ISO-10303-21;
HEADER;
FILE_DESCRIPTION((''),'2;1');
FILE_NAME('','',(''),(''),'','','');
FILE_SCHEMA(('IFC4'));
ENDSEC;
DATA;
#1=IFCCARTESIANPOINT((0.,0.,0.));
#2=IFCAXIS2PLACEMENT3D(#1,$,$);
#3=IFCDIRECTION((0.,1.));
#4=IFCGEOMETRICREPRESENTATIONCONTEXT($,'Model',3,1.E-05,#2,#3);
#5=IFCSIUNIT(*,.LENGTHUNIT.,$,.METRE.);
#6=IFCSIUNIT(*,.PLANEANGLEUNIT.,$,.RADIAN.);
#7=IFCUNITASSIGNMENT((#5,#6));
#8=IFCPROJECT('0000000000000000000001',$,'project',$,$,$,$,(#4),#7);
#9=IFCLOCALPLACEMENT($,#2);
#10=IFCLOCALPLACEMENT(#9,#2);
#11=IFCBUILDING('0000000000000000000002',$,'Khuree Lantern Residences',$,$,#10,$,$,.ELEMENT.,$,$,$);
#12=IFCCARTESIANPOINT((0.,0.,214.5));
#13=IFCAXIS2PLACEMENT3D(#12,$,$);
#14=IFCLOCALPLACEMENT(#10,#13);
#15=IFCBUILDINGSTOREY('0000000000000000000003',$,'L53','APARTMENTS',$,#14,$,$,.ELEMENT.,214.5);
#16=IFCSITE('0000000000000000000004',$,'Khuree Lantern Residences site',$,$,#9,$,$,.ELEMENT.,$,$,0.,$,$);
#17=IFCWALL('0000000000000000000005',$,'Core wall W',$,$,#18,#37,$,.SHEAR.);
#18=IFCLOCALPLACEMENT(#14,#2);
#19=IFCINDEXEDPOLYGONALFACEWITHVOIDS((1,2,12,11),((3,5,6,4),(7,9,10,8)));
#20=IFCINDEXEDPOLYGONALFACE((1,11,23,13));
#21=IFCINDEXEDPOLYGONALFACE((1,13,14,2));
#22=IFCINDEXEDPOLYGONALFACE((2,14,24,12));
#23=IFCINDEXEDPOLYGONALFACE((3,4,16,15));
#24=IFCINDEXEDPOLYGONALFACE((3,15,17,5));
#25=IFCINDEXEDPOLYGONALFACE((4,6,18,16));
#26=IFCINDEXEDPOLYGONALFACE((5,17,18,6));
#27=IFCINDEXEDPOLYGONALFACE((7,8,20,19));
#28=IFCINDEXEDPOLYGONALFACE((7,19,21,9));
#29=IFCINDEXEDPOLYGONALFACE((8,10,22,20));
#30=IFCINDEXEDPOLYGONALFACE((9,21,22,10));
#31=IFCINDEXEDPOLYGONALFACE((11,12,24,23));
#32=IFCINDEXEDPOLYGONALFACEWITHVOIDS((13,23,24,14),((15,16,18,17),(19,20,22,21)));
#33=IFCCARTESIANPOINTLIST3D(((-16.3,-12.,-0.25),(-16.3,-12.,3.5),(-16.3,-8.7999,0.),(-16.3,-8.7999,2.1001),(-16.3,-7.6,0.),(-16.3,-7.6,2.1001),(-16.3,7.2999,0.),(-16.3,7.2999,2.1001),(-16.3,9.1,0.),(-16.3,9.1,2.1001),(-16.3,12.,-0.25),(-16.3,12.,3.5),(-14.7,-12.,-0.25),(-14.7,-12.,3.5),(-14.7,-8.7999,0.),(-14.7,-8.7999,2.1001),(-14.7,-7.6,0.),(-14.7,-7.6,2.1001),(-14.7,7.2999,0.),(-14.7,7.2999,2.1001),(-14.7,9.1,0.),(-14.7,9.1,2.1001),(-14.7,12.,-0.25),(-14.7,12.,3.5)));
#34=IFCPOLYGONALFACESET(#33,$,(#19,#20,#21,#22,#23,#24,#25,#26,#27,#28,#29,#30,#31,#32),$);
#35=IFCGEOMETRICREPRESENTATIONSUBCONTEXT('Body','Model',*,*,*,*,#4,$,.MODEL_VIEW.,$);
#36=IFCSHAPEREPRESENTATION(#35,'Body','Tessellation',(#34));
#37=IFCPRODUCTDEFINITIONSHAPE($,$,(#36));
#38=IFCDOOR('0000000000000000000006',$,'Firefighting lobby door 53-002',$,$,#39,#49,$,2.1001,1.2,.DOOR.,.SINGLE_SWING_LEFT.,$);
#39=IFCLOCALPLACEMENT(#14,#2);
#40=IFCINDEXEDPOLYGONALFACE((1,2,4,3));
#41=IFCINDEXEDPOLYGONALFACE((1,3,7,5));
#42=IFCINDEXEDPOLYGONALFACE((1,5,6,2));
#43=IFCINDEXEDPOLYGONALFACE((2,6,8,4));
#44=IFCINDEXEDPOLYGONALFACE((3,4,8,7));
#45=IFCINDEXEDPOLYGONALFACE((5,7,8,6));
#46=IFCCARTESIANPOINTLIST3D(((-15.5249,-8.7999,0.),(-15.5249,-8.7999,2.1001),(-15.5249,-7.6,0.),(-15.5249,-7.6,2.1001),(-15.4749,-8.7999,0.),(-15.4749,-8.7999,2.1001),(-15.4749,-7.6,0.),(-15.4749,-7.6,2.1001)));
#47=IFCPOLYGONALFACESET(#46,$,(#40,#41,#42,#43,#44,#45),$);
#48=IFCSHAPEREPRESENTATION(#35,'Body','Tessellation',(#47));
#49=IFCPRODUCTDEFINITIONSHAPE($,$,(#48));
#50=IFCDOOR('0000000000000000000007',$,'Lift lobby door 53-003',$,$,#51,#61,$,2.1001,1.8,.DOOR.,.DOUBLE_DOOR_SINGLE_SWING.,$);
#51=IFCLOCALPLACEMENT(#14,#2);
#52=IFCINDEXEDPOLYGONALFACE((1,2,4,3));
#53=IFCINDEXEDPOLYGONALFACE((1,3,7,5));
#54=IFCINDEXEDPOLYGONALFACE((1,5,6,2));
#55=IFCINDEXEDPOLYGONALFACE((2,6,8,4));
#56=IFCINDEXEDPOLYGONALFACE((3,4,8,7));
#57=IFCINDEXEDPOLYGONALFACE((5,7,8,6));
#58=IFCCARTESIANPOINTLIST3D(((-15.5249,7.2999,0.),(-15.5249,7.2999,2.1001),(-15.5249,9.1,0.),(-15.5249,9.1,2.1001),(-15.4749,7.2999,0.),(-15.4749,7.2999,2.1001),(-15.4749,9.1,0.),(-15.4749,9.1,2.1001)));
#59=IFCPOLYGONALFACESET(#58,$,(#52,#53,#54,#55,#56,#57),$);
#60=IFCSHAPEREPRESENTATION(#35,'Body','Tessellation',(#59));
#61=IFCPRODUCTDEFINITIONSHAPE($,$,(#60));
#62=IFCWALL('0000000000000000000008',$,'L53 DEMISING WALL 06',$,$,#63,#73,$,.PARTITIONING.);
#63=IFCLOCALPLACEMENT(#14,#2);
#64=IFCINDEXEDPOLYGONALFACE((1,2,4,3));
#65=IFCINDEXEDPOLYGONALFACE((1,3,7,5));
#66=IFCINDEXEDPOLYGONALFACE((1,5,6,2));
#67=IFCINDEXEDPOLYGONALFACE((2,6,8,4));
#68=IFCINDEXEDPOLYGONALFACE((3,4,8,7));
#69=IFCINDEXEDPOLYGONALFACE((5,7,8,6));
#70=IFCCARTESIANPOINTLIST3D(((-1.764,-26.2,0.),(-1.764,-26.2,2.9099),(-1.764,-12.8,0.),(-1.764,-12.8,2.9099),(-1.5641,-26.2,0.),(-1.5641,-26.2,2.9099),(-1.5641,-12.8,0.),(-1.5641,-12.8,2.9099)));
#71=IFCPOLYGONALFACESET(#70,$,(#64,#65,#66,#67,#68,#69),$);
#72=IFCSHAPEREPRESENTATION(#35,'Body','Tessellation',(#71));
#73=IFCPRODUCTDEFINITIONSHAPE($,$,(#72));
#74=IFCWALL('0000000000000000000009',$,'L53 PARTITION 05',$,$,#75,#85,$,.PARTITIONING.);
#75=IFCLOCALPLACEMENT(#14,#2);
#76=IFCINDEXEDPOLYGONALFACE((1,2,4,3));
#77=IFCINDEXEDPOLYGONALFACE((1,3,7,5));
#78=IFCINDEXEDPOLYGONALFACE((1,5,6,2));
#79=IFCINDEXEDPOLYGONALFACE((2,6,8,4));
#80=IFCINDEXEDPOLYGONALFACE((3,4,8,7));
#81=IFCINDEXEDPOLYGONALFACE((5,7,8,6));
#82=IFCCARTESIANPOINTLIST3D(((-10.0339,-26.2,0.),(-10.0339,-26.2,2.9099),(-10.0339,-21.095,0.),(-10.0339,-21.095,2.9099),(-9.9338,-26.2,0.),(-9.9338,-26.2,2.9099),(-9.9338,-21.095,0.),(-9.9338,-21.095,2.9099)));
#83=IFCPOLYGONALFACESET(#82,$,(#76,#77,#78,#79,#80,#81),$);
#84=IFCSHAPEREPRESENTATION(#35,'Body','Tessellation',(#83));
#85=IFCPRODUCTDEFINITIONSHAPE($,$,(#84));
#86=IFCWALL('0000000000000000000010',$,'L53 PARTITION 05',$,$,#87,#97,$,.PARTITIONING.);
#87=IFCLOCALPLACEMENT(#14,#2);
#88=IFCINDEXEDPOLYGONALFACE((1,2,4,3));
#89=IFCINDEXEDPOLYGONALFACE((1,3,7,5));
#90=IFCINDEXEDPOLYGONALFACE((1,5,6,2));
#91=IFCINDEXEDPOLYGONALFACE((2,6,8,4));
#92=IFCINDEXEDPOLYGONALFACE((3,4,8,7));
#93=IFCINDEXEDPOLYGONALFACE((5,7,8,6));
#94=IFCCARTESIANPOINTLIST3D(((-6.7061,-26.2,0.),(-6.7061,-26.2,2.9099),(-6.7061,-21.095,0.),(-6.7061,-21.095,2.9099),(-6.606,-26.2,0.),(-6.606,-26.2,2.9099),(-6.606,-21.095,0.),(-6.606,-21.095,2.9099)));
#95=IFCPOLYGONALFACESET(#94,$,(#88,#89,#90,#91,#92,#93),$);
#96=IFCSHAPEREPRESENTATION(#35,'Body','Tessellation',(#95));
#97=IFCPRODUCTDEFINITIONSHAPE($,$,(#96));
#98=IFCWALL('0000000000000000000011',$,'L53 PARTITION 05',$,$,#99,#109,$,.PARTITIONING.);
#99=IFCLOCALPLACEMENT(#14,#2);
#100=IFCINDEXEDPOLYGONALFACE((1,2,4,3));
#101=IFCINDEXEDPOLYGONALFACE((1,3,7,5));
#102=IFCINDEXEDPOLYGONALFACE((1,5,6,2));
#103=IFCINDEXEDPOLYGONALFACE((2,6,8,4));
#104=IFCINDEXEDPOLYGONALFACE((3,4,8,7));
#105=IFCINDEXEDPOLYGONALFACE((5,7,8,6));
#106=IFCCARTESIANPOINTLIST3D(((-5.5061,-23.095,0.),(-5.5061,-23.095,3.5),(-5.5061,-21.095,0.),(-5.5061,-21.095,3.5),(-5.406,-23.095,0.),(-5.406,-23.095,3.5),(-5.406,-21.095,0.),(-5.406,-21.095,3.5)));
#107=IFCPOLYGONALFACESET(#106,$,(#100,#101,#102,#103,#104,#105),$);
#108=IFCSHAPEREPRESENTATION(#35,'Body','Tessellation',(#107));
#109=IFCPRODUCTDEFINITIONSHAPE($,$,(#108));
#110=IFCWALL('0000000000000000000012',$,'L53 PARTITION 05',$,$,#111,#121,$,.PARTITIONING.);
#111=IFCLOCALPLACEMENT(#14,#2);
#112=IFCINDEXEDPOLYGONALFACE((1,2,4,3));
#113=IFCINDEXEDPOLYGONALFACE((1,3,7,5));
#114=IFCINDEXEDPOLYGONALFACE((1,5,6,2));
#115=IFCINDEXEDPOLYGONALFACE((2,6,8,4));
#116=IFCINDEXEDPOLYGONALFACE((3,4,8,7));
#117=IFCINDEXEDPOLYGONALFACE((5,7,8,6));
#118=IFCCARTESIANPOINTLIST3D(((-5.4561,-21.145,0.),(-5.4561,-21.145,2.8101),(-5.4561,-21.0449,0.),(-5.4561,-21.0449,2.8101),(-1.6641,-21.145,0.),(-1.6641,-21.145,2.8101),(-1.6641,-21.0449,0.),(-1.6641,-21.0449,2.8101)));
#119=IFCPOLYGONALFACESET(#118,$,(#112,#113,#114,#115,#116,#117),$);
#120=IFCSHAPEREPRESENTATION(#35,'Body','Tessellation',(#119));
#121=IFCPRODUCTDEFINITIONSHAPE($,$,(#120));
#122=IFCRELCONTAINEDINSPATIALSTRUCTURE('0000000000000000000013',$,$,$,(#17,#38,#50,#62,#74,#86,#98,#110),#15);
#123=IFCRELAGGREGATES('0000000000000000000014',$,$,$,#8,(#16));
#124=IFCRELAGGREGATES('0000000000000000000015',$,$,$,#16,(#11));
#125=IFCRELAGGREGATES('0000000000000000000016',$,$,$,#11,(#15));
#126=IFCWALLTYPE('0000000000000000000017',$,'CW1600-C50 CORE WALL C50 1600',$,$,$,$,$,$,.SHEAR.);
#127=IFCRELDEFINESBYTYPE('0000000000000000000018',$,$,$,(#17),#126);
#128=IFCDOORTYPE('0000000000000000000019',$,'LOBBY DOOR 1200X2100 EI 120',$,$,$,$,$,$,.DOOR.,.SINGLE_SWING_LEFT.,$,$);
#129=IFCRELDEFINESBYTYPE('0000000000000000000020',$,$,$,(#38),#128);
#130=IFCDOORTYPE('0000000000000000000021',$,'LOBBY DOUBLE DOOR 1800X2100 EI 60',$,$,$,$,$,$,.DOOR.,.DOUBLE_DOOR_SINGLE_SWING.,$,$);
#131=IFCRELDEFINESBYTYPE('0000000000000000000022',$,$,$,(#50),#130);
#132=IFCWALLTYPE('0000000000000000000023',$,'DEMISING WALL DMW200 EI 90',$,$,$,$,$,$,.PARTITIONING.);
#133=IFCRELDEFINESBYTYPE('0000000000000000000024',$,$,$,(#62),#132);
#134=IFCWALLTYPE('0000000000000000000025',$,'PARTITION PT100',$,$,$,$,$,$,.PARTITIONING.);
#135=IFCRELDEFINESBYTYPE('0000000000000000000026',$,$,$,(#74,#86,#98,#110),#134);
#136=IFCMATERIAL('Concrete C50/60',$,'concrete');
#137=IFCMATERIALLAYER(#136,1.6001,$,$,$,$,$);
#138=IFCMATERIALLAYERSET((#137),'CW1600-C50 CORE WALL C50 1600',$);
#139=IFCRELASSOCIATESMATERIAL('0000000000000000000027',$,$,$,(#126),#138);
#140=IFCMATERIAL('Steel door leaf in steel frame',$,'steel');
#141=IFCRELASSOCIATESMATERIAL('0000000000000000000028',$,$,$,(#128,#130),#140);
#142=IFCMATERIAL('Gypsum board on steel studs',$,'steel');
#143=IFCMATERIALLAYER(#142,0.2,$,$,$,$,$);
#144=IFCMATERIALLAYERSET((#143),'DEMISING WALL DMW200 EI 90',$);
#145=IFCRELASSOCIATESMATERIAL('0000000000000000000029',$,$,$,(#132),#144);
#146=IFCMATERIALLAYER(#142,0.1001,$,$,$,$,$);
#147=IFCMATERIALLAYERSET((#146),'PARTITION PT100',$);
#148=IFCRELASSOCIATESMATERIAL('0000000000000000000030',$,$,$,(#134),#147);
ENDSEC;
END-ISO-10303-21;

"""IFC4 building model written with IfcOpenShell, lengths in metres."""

from ifc_helpers import new_model, si_unit, direction, frame, frame_2d, origin, place, context, subcontext, project, spatial, rectangle, extrude, material, layer, layer_set, type_object, element, fill, save


model = new_model("IFC4")

# Units and contexts
model_context = context("Model", 3, precision=1e-05, world=origin(), true_north=direction((0.0, 1.0)))
body_context = subcontext(model_context, "Body", "Model", "MODEL_VIEW")
ifc_project = project(units=[si_unit("LENGTHUNIT", "METRE"), si_unit("PLANEANGLEUNIT", "RADIAN")], contexts=[model_context])

# Site, building, storey
site_placement = place(None, origin())
site = spatial("IfcSite", under=ifc_project, at=site_placement, Name="Khuree Lantern Residences site", CompositionType="ELEMENT", RefElevation=0.0)
building_placement = place(site_placement, origin())
building = spatial("IfcBuilding", under=site, at=building_placement, Name="Khuree Lantern Residences", CompositionType="ELEMENT")
storey_placement = place(building_placement, frame((0.0, 0.0, 214.5)))
storey = spatial("IfcBuildingStorey", under=building, at=storey_placement, Name="L53", Description="APARTMENTS", CompositionType="ELEMENT", Elevation=214.5)

# Shared definitions
ifc_material_1 = material(Name="Concrete C50/60", Category="concrete")

# Shared definitions
ifc_material_2 = material(Name="Gypsum board on steel studs", Category="steel")
ifc_layer_1 = layer(ifc_material_1, 1.6001)
ifc_layer_set_1 = layer_set([ifc_layer_1], Name="CW1600-C50 CORE WALL C50 1600")
wall_type_1 = type_object("IfcWallType", Name="CW1600-C50 CORE WALL C50 1600", PredefinedType="SHEAR", material=ifc_layer_set_1)

# Wall, openings, doors
wall_1_placement = place(storey_placement, frame((-15.5, -12.0, -0.25), z_axis=(0.0, 0.0, 1.0), x_axis=(0.0, 1.0, 0.0)))
wall_1 = element("IfcWall", 1, at=wall_1_placement, inside=storey, type_object=wall_type_1, Name="Core wall W", PredefinedType="SHEAR", context=body_context, shape_type="SweptSolid", body=[
    extrude(rectangle(XDim=24.0, YDim=1.6001, at=frame_2d((12.0, 0.0))), origin(), (0.0, 0.0, 1.0), 3.75),
])
opening_1_placement = place(wall_1_placement, frame((3.2, 0.0, 0.25)))
opening_1 = element("IfcOpeningElement", 2, at=opening_1_placement, cuts=wall_1, PredefinedType="OPENING", context=body_context, shape_type="SweptSolid", body=[
    extrude(rectangle(XDim=1.2, YDim=2.1001, at=frame_2d((0.6001, 1.05))), frame((0.0, 0.8101, 0.0), z_axis=(0.0, -1.0, 0.0), x_axis=(1.0, 0.0, 0.0)), (0.0, 0.0, 1.0), 1.6201),
])
opening_2_placement = place(wall_1_placement, frame((19.3, 0.0, 0.25)))
opening_2 = element("IfcOpeningElement", 3, at=opening_2_placement, cuts=wall_1, PredefinedType="OPENING", context=body_context, shape_type="SweptSolid", body=[
    extrude(rectangle(XDim=1.8, YDim=2.1001, at=frame_2d((0.8999, 1.05))), frame((0.0, 0.8101, 0.0), z_axis=(0.0, -1.0, 0.0), x_axis=(1.0, 0.0, 0.0)), (0.0, 0.0, 1.0), 1.6201),
])
ifc_material_3 = material(Name="Steel door leaf in steel frame", Category="steel")
door_type_1 = type_object("IfcDoorType", Name="LOBBY DOOR 1200X2100 EI 120", OperationType="SINGLE_SWING_LEFT", PredefinedType="DOOR", material=ifc_material_3)
door_1_placement = place(opening_1_placement, origin())
door_1 = element("IfcDoor", 4, at=door_1_placement, inside=storey, type_object=door_type_1, Name="Firefighting lobby door 53-002", OperationType="SINGLE_SWING_LEFT", OverallHeight=2.1001, OverallWidth=1.2, PredefinedType="DOOR", context=body_context, shape_type="SweptSolid", body=[
    extrude(rectangle(XDim=1.2, YDim=2.1001, at=frame_2d((0.6001, 1.05))), frame((0.0, 0.0249, 0.0), z_axis=(0.0, -1.0, 0.0), x_axis=(1.0, 0.0, 0.0)), (0.0, 0.0, 1.0), 0.05),
])
fill(opening_1, door_1)
door_type_2 = type_object("IfcDoorType", Name="LOBBY DOUBLE DOOR 1800X2100 EI 60", OperationType="DOUBLE_DOOR_SINGLE_SWING", PredefinedType="DOOR", material=ifc_material_3)
door_2_placement = place(opening_2_placement, origin())
door_2 = element("IfcDoor", 5, at=door_2_placement, inside=storey, type_object=door_type_2, Name="Lift lobby door 53-003", OperationType="DOUBLE_DOOR_SINGLE_SWING", OverallHeight=2.1001, OverallWidth=1.8, PredefinedType="DOOR", context=body_context, shape_type="SweptSolid", body=[
    extrude(rectangle(XDim=1.8, YDim=2.1001, at=frame_2d((0.8999, 1.05))), frame((0.0, 0.0249, 0.0), z_axis=(0.0, -1.0, 0.0), x_axis=(1.0, 0.0, 0.0)), (0.0, 0.0, 1.0), 0.05),
])
fill(opening_2, door_2)

# Walls
ifc_layer_2 = layer(ifc_material_2, 0.2)
ifc_layer_set_2 = layer_set([ifc_layer_2], Name="DEMISING WALL DMW200 EI 90")
wall_type_2 = type_object("IfcWallType", Name="DEMISING WALL DMW200 EI 90", PredefinedType="PARTITIONING", material=ifc_layer_set_2)
wall_2_placement = place(storey_placement, frame((-1.6641, -12.8, 0.0), z_axis=(0.0, 0.0, 1.0), x_axis=(0.0, -1.0, 0.0)))
element("IfcWall", 6, at=wall_2_placement, inside=storey, type_object=wall_type_2, Name="L53 DEMISING WALL 06", PredefinedType="PARTITIONING", context=body_context, shape_type="SweptSolid", body=[
    extrude(rectangle(XDim=13.3999, YDim=0.2, at=frame_2d((6.7, 0.0))), origin(), (0.0, 0.0, 1.0), 2.9099),
])
ifc_layer_3 = layer(ifc_material_2, 0.1001)
ifc_layer_set_3 = layer_set([ifc_layer_3], Name="PARTITION PT100")
wall_type_3 = type_object("IfcWallType", Name="PARTITION PT100", PredefinedType="PARTITIONING", material=ifc_layer_set_3)
for number, where, z_axis, x_axis, name in (
    (7, (-9.9839, -21.095, 0.0), (0.0, 0.0, 1.0), (0.0, -1.0, 0.0), "L53 PARTITION 05"),
    (8, (-6.656, -21.095, 0.0), (0.0, 0.0, 1.0), (0.0, -1.0, 0.0), "L53 PARTITION 05"),
):
    element("IfcWall", number, at=place(storey_placement, frame(where, z_axis=z_axis, x_axis=x_axis)), inside=storey, type_object=wall_type_3, Name=name, PredefinedType="PARTITIONING", context=body_context, shape_type="SweptSolid", body=[
        extrude(rectangle(XDim=5.105, YDim=0.1001, at=frame_2d((2.5525, 0.0))), origin(), (0.0, 0.0, 1.0), 2.9099),
    ])
wall_3_placement = place(storey_placement, frame((-5.4561, -21.095, 0.0), z_axis=(0.0, 0.0, 1.0), x_axis=(0.0, -1.0, 0.0)))
element("IfcWall", 9, at=wall_3_placement, inside=storey, type_object=wall_type_3, Name="L53 PARTITION 05", PredefinedType="PARTITIONING", context=body_context, shape_type="SweptSolid", body=[
    extrude(rectangle(XDim=2.0, YDim=0.1001, at=frame_2d((1.0, 0.0))), origin(), (0.0, 0.0, 1.0), 3.5),
])
wall_4_placement = place(storey_placement, frame((-5.4561, -21.095, 0.0), z_axis=(0.0, 0.0, 1.0), x_axis=(1.0, 0.0, 0.0)))
element("IfcWall", 10, at=wall_4_placement, inside=storey, type_object=wall_type_3, Name="L53 PARTITION 05", PredefinedType="PARTITIONING", context=body_context, shape_type="SweptSolid", body=[
    extrude(rectangle(XDim=3.792, YDim=0.1001, at=frame_2d((1.896, 0.0))), origin(), (0.0, 0.0, 1.0), 2.8101),
])

save(model, "model.ifc")
